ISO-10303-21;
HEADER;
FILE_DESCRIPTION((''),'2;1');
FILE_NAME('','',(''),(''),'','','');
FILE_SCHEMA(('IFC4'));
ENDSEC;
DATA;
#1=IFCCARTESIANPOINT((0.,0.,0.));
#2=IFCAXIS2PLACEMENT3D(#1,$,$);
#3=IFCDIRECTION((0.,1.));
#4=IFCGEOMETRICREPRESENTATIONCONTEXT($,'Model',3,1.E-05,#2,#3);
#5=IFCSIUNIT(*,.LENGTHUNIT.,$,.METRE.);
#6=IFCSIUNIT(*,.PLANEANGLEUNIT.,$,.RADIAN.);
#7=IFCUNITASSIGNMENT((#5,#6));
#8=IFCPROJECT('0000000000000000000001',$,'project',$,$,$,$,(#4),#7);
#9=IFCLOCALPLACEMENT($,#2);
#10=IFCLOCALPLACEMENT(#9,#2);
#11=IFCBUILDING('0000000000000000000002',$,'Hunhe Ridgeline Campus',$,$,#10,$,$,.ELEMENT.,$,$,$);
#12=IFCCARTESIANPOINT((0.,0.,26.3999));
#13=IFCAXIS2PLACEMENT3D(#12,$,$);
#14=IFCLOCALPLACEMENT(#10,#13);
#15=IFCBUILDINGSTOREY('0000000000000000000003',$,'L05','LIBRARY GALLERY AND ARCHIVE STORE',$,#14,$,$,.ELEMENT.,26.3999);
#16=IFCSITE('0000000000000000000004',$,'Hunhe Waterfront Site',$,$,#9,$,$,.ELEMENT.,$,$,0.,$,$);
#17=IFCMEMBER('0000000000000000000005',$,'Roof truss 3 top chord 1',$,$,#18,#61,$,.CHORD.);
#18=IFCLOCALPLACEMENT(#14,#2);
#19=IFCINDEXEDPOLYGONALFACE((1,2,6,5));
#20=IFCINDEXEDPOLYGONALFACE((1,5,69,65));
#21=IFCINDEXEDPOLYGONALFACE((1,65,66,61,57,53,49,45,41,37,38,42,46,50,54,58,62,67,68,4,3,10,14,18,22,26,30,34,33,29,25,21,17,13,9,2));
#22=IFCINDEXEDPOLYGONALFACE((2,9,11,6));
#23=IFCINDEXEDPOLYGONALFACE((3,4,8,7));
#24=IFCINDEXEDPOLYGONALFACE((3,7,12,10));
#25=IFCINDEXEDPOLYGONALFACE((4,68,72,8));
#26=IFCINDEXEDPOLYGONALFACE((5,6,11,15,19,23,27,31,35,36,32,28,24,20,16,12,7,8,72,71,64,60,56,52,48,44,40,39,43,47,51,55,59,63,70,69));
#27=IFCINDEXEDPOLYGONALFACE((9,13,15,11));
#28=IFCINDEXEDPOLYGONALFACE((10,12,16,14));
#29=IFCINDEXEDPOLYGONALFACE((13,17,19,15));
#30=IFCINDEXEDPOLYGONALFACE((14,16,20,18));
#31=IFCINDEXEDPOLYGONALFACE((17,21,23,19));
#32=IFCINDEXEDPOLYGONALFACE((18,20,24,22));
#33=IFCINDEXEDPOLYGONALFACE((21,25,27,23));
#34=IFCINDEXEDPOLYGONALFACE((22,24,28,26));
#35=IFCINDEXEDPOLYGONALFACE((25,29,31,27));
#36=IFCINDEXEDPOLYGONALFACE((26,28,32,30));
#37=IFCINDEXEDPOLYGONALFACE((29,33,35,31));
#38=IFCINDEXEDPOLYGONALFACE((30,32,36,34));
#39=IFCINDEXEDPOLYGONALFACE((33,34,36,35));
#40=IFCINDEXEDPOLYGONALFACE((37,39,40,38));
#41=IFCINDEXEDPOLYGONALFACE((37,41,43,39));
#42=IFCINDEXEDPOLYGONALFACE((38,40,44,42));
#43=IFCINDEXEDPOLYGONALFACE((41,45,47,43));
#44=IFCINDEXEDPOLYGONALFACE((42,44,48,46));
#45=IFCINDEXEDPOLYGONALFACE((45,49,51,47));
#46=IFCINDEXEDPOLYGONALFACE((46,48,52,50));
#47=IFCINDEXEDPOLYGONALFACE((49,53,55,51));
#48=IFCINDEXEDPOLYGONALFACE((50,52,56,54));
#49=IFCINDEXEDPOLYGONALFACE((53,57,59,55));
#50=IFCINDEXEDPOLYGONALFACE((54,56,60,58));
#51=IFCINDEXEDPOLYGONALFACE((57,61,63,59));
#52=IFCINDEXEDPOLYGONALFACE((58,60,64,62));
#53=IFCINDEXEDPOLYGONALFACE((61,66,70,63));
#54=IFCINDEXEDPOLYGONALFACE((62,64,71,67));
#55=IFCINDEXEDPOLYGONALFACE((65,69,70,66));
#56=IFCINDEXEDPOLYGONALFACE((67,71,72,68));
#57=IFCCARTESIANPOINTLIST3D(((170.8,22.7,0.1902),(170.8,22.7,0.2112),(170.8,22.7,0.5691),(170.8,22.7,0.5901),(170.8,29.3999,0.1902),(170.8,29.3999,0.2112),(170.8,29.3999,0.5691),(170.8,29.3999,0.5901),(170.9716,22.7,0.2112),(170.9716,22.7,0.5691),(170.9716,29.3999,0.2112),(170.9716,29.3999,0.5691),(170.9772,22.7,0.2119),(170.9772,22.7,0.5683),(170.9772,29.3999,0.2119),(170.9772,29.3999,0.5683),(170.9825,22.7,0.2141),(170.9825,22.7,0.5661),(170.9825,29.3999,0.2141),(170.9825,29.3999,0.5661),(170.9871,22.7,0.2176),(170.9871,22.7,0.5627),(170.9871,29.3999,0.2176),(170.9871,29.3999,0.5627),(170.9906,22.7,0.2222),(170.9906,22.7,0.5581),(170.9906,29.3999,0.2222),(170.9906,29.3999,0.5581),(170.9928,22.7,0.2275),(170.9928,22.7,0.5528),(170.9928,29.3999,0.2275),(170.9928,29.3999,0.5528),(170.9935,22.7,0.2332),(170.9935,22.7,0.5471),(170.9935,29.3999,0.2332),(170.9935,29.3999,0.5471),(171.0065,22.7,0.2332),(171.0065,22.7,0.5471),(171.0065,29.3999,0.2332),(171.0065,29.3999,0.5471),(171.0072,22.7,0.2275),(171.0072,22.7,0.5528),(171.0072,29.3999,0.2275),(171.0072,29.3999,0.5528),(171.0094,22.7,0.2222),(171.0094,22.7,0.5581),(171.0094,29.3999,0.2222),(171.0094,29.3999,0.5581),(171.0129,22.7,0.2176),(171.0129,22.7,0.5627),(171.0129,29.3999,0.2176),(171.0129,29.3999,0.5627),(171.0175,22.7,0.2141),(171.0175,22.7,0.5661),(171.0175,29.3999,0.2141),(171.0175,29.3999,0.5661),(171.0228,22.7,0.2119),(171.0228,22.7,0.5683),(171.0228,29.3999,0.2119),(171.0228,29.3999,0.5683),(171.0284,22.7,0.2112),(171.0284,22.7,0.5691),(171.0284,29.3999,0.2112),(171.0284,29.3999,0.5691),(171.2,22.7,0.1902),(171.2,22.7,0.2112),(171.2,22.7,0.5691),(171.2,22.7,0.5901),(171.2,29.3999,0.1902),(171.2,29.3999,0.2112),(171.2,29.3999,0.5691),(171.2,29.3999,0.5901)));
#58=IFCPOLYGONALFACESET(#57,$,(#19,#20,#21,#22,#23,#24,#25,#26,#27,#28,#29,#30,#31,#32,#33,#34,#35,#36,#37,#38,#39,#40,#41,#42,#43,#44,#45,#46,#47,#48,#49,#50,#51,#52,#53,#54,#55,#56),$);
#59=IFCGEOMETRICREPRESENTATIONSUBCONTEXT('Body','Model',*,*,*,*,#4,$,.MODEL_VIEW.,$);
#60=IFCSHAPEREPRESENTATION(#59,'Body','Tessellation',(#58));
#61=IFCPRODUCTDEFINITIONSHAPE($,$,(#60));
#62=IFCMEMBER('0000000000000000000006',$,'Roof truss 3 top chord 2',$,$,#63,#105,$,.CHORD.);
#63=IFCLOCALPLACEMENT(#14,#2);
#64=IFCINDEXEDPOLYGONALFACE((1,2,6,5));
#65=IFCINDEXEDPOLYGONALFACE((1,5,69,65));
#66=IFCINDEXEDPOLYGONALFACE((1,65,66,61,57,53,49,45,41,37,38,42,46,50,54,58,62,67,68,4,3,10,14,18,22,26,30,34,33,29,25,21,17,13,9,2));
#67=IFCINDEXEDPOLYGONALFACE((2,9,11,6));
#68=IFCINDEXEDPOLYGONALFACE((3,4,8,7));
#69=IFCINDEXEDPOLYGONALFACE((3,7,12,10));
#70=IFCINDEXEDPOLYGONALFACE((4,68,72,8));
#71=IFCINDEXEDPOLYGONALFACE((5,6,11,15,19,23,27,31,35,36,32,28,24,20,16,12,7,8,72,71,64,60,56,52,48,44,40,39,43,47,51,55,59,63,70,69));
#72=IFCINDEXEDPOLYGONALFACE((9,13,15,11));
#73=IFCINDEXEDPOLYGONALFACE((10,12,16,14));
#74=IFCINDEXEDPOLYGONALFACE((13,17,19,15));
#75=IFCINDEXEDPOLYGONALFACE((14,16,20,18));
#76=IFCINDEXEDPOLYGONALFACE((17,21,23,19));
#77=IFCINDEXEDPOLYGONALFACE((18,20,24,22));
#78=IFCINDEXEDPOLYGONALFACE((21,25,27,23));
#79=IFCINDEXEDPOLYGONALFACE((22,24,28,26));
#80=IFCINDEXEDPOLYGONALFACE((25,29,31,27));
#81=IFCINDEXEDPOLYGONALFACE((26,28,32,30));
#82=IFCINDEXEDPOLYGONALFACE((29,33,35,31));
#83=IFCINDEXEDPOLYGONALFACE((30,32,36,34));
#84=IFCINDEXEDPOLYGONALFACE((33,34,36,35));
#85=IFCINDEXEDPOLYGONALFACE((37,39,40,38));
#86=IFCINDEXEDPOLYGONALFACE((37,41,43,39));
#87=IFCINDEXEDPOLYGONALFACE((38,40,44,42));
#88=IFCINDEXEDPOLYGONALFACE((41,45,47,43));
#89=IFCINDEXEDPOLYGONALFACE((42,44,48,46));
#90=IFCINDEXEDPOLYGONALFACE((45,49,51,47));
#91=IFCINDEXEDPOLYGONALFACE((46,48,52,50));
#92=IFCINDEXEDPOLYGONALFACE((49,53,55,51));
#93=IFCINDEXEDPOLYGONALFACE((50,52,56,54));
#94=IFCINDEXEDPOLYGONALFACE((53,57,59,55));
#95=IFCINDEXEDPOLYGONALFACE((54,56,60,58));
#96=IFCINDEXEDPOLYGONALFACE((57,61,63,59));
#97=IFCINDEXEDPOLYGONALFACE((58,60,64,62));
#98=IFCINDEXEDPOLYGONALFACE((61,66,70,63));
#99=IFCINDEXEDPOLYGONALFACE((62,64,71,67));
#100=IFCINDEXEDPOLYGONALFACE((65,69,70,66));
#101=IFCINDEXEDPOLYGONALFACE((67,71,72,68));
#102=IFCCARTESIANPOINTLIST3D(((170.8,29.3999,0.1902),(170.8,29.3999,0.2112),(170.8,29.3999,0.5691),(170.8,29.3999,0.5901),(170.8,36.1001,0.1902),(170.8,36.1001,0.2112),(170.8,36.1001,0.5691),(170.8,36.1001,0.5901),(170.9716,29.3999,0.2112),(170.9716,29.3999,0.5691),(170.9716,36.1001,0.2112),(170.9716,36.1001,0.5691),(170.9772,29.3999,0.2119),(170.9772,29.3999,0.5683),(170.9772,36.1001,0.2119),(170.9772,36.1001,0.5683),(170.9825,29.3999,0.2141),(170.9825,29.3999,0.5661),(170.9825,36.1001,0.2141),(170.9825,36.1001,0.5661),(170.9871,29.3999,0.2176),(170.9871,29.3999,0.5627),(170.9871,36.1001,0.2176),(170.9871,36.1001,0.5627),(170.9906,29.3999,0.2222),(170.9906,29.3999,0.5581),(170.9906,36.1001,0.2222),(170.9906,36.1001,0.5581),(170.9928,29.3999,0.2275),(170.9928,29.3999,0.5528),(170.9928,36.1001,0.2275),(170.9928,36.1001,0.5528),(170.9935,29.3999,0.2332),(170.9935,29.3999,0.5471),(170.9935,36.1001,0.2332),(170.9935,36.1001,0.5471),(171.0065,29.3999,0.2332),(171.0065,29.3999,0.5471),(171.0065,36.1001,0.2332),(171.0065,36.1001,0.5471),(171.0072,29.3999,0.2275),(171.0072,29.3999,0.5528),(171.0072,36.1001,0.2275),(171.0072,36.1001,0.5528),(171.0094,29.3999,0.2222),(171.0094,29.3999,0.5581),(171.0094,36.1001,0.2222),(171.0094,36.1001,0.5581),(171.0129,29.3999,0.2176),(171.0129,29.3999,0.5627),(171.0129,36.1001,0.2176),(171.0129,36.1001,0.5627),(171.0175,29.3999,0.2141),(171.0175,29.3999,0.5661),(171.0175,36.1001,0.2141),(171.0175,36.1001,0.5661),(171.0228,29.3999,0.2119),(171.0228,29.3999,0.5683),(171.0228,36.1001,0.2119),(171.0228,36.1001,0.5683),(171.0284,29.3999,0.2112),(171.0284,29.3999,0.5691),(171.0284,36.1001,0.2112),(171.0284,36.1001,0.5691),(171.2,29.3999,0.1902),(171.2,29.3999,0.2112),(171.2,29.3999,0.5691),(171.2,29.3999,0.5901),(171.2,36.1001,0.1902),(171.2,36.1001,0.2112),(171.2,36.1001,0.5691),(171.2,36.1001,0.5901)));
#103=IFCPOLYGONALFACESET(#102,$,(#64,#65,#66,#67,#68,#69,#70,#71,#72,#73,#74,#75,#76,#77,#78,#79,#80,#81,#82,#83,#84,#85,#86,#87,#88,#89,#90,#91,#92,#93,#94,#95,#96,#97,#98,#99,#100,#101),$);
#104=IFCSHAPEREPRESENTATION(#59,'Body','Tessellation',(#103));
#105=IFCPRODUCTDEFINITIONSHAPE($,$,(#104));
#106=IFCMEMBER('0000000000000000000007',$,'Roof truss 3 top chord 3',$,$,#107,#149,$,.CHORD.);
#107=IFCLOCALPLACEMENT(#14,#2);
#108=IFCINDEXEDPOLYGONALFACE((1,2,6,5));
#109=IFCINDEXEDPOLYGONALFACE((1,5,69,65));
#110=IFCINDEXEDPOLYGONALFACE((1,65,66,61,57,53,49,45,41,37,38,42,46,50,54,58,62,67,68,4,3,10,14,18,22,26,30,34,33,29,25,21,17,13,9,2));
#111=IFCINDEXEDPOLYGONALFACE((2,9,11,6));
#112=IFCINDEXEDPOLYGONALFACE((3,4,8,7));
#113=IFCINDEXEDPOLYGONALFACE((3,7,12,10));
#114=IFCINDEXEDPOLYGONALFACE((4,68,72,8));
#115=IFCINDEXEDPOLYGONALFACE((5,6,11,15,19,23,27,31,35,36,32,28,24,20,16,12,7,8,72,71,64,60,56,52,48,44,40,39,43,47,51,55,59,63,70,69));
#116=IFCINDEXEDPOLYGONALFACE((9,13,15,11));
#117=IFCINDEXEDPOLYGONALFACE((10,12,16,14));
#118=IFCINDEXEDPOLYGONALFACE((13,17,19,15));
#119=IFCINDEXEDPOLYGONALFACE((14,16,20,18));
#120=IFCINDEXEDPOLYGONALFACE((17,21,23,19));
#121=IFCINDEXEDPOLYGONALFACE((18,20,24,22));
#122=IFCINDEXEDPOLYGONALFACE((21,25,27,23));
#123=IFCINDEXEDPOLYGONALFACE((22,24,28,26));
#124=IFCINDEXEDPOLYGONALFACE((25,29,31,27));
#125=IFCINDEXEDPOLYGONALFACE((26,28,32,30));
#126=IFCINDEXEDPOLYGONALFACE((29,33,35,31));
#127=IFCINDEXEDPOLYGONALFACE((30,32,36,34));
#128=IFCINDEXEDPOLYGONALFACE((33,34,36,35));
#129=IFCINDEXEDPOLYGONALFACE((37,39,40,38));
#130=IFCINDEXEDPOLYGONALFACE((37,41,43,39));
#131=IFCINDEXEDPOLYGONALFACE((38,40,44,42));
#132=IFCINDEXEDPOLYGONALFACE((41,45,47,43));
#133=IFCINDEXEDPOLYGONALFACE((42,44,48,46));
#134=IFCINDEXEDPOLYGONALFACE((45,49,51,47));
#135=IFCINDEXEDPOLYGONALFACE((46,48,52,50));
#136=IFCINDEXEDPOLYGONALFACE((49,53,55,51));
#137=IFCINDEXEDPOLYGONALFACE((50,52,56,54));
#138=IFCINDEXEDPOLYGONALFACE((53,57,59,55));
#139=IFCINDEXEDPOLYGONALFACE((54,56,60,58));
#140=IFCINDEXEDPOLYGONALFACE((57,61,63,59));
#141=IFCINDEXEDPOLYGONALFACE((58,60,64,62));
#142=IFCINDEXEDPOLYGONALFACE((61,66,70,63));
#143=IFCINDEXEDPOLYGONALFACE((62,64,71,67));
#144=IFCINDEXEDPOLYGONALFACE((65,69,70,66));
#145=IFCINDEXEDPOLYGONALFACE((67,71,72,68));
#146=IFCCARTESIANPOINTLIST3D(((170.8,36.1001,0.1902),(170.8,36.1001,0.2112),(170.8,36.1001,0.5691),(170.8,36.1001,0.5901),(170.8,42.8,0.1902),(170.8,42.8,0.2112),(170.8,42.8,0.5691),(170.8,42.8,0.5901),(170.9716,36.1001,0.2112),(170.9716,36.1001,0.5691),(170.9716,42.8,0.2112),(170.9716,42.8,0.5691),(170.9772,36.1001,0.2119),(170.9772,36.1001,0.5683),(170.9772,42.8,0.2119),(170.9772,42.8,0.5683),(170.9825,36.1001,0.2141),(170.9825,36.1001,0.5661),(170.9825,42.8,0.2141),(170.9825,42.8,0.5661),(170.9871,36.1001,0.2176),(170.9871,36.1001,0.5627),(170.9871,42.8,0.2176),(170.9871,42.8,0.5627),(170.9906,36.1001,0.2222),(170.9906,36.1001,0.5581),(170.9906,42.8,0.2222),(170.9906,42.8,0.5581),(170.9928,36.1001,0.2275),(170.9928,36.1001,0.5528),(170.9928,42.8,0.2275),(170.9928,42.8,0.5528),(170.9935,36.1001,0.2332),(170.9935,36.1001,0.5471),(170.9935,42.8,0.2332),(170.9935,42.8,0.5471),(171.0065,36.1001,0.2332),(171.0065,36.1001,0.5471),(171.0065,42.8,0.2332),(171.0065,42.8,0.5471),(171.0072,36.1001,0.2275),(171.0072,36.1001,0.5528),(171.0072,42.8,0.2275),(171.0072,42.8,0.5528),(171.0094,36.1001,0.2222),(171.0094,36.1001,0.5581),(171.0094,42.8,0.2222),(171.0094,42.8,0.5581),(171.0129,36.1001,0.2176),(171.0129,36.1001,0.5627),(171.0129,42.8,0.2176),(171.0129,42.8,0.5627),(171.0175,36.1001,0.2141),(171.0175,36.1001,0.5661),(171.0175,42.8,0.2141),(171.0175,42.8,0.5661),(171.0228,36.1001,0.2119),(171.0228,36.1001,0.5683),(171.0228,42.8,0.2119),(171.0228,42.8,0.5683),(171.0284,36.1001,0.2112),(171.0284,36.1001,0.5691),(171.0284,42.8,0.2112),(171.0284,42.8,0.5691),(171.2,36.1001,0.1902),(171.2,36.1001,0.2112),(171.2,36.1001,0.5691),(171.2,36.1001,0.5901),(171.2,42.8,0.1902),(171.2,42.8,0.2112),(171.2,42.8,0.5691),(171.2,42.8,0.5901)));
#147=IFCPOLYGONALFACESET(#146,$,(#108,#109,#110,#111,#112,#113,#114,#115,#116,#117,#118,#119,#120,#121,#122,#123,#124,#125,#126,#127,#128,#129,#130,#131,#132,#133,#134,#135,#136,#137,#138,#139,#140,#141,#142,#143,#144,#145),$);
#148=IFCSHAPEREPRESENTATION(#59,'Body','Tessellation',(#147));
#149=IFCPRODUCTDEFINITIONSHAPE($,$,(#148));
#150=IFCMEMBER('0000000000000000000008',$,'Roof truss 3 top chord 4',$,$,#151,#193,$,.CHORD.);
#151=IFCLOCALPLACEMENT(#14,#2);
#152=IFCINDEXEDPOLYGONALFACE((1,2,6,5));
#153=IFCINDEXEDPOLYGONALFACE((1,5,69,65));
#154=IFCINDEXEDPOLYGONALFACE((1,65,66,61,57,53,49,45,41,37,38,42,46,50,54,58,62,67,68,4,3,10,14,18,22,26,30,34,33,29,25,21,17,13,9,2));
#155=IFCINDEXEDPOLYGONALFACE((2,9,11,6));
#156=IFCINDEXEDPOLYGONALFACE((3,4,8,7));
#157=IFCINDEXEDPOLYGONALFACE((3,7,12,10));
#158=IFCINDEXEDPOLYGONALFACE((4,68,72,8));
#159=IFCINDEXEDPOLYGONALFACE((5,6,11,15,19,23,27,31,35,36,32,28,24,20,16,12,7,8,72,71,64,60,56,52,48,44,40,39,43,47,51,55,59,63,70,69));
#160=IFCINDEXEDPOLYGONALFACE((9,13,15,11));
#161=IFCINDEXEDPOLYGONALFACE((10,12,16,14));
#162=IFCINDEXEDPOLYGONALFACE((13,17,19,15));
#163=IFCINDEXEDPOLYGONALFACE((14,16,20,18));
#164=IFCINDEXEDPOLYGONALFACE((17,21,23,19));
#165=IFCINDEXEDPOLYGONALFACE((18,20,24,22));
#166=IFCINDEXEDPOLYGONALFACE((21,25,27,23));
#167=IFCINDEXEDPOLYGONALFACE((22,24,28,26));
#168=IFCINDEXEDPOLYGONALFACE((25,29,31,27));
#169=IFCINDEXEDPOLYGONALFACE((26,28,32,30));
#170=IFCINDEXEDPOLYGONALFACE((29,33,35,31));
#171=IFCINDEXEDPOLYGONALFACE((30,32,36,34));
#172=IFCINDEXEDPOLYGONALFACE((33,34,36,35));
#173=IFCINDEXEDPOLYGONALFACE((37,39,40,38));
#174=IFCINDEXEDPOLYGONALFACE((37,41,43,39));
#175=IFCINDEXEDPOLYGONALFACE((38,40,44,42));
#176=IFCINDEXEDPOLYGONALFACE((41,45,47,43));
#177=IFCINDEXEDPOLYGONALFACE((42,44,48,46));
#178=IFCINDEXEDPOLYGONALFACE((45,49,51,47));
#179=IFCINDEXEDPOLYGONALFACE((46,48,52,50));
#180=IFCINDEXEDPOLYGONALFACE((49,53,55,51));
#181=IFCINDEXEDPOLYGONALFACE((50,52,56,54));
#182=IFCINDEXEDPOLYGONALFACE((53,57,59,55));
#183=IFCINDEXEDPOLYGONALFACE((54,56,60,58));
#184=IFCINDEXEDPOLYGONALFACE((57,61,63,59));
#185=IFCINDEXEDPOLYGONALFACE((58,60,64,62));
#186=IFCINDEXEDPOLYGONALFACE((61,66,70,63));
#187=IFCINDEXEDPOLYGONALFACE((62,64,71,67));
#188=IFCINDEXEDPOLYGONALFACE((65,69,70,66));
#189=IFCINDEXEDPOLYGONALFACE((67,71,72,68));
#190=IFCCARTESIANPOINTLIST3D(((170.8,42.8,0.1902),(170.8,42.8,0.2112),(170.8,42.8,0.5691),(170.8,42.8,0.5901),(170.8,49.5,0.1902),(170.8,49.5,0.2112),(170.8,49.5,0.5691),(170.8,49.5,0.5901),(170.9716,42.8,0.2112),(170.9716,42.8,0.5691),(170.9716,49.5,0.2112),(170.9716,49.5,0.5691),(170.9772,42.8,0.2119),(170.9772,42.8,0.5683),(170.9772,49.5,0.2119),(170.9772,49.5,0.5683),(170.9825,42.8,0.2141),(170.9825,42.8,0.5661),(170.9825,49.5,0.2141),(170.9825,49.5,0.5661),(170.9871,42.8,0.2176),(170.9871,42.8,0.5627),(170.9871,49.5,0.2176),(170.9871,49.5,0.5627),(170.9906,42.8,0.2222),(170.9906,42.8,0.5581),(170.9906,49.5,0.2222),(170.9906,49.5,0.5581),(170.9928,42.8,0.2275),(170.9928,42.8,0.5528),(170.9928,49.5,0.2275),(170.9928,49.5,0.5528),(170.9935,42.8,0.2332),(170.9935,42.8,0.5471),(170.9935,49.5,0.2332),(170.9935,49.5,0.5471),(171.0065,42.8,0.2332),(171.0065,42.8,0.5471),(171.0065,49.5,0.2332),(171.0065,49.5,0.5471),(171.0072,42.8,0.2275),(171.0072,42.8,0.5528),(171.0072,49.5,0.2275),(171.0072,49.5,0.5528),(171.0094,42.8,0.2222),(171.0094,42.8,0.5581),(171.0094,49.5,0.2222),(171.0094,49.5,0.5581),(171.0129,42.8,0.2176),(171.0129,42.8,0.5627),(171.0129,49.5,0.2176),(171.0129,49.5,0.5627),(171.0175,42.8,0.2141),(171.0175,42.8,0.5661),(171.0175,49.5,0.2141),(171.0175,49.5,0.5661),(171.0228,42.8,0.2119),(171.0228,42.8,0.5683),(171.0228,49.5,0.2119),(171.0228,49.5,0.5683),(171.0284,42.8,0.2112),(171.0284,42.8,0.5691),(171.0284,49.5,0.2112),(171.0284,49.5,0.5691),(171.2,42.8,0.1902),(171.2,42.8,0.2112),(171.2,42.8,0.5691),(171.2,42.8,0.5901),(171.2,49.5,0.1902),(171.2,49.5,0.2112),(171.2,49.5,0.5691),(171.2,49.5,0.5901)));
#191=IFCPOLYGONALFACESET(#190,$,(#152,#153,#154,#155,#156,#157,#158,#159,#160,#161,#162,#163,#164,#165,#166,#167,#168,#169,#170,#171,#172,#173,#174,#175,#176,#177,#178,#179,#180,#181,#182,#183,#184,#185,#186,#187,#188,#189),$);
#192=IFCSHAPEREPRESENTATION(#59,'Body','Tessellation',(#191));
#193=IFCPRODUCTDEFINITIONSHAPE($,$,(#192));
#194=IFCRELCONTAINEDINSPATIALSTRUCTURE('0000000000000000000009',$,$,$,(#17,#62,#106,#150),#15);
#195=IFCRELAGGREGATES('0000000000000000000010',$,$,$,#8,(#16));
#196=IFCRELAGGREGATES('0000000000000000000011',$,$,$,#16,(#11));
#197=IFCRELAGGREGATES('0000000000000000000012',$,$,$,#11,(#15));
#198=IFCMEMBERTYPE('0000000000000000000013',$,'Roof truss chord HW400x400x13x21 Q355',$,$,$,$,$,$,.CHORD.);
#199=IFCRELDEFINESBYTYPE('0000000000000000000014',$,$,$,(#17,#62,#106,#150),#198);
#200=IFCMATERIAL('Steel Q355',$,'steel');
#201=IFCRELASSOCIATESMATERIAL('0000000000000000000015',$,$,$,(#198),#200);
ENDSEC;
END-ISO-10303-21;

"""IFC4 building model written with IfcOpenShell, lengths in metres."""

from ifc_helpers import new_model, si_unit, direction, frame, origin, origin_2d, place, context, subcontext, project, spatial, i_section, extrude, material, material_profile, profile_set, type_object, element, save


model = new_model("IFC4")

# Units and contexts
model_context = context("Model", 3, precision=1e-05, world=origin(), true_north=direction((0.0, 1.0)))
body_context = subcontext(model_context, "Body", "Model", "MODEL_VIEW")
ifc_project = project(units=[si_unit("LENGTHUNIT", "METRE"), si_unit("PLANEANGLEUNIT", "RADIAN")], contexts=[model_context])

# Site, building, storey
site_placement = place(None, origin())
site = spatial("IfcSite", under=ifc_project, at=site_placement, Name="Hunhe Waterfront Site", CompositionType="ELEMENT", RefElevation=0.0)
building_placement = place(site_placement, origin())
building = spatial("IfcBuilding", under=site, at=building_placement, Name="Hunhe Ridgeline Campus", CompositionType="ELEMENT")
storey_placement = place(building_placement, frame((0.0, 0.0, 26.3999)))
storey = spatial("IfcBuildingStorey", under=building, at=storey_placement, Name="L05", Description="LIBRARY GALLERY AND ARCHIVE STORE", CompositionType="ELEMENT", Elevation=26.3999)

# Members
ifc_material = material(Name="Steel Q355", Category="steel")
ifc_material_profile_1 = material_profile(ifc_material, i_section(OverallWidth=0.3999, OverallDepth=0.3999, WebThickness=0.0129, FlangeThickness=0.021, FilletRadius=0.022, at=origin_2d()))
ifc_profile_set_1 = profile_set([ifc_material_profile_1], Name="Steel Q355")
member_type_1 = type_object("IfcMemberType", Name="Roof truss chord HW400x400x13x21 Q355", PredefinedType="CHORD", material=ifc_profile_set_1)
member_1_placement = place(storey_placement, frame((171.0, 22.7, 0.3901), z_axis=(0.0, 1.0, 0.0), x_axis=(-1.0, 0.0, 0.0)))
element("IfcMember", 1, at=member_1_placement, inside=storey, type_object=member_type_1, Name="Roof truss 3 top chord 1", PredefinedType="CHORD", context=body_context, shape_type="SweptSolid", body=[
    extrude(i_section(OverallWidth=0.3999, OverallDepth=0.3999, WebThickness=0.0129, FlangeThickness=0.021, FilletRadius=0.022, at=origin_2d()), origin(), (0.0, 0.0, 1.0), 6.7),
])
member_2_placement = place(storey_placement, frame((171.0, 29.3999, 0.3901), z_axis=(0.0, 1.0, 0.0), x_axis=(-1.0, 0.0, 0.0)))
element("IfcMember", 2, at=member_2_placement, inside=storey, type_object=member_type_1, Name="Roof truss 3 top chord 2", PredefinedType="CHORD", context=body_context, shape_type="SweptSolid", body=[
    extrude(i_section(OverallWidth=0.3999, OverallDepth=0.3999, WebThickness=0.0129, FlangeThickness=0.021, FilletRadius=0.022, at=origin_2d()), origin(), (0.0, 0.0, 1.0), 6.7002),
])
for number, where, z_axis, x_axis, name in (
    (3, (171.0, 36.1001, 0.3901), (0.0, 1.0, 0.0), (-1.0, 0.0, 0.0), "Roof truss 3 top chord 3"),
    (4, (171.0, 42.8, 0.3901), (0.0, 1.0, 0.0), (-1.0, 0.0, 0.0), "Roof truss 3 top chord 4"),
):
    element("IfcMember", number, at=place(storey_placement, frame(where, z_axis=z_axis, x_axis=x_axis)), inside=storey, type_object=member_type_1, Name=name, PredefinedType="CHORD", context=body_context, shape_type="SweptSolid", body=[
        extrude(i_section(OverallWidth=0.3999, OverallDepth=0.3999, WebThickness=0.0129, FlangeThickness=0.021, FilletRadius=0.022, at=origin_2d()), origin(), (0.0, 0.0, 1.0), 6.7),
    ])

save(model, "model.ifc")
